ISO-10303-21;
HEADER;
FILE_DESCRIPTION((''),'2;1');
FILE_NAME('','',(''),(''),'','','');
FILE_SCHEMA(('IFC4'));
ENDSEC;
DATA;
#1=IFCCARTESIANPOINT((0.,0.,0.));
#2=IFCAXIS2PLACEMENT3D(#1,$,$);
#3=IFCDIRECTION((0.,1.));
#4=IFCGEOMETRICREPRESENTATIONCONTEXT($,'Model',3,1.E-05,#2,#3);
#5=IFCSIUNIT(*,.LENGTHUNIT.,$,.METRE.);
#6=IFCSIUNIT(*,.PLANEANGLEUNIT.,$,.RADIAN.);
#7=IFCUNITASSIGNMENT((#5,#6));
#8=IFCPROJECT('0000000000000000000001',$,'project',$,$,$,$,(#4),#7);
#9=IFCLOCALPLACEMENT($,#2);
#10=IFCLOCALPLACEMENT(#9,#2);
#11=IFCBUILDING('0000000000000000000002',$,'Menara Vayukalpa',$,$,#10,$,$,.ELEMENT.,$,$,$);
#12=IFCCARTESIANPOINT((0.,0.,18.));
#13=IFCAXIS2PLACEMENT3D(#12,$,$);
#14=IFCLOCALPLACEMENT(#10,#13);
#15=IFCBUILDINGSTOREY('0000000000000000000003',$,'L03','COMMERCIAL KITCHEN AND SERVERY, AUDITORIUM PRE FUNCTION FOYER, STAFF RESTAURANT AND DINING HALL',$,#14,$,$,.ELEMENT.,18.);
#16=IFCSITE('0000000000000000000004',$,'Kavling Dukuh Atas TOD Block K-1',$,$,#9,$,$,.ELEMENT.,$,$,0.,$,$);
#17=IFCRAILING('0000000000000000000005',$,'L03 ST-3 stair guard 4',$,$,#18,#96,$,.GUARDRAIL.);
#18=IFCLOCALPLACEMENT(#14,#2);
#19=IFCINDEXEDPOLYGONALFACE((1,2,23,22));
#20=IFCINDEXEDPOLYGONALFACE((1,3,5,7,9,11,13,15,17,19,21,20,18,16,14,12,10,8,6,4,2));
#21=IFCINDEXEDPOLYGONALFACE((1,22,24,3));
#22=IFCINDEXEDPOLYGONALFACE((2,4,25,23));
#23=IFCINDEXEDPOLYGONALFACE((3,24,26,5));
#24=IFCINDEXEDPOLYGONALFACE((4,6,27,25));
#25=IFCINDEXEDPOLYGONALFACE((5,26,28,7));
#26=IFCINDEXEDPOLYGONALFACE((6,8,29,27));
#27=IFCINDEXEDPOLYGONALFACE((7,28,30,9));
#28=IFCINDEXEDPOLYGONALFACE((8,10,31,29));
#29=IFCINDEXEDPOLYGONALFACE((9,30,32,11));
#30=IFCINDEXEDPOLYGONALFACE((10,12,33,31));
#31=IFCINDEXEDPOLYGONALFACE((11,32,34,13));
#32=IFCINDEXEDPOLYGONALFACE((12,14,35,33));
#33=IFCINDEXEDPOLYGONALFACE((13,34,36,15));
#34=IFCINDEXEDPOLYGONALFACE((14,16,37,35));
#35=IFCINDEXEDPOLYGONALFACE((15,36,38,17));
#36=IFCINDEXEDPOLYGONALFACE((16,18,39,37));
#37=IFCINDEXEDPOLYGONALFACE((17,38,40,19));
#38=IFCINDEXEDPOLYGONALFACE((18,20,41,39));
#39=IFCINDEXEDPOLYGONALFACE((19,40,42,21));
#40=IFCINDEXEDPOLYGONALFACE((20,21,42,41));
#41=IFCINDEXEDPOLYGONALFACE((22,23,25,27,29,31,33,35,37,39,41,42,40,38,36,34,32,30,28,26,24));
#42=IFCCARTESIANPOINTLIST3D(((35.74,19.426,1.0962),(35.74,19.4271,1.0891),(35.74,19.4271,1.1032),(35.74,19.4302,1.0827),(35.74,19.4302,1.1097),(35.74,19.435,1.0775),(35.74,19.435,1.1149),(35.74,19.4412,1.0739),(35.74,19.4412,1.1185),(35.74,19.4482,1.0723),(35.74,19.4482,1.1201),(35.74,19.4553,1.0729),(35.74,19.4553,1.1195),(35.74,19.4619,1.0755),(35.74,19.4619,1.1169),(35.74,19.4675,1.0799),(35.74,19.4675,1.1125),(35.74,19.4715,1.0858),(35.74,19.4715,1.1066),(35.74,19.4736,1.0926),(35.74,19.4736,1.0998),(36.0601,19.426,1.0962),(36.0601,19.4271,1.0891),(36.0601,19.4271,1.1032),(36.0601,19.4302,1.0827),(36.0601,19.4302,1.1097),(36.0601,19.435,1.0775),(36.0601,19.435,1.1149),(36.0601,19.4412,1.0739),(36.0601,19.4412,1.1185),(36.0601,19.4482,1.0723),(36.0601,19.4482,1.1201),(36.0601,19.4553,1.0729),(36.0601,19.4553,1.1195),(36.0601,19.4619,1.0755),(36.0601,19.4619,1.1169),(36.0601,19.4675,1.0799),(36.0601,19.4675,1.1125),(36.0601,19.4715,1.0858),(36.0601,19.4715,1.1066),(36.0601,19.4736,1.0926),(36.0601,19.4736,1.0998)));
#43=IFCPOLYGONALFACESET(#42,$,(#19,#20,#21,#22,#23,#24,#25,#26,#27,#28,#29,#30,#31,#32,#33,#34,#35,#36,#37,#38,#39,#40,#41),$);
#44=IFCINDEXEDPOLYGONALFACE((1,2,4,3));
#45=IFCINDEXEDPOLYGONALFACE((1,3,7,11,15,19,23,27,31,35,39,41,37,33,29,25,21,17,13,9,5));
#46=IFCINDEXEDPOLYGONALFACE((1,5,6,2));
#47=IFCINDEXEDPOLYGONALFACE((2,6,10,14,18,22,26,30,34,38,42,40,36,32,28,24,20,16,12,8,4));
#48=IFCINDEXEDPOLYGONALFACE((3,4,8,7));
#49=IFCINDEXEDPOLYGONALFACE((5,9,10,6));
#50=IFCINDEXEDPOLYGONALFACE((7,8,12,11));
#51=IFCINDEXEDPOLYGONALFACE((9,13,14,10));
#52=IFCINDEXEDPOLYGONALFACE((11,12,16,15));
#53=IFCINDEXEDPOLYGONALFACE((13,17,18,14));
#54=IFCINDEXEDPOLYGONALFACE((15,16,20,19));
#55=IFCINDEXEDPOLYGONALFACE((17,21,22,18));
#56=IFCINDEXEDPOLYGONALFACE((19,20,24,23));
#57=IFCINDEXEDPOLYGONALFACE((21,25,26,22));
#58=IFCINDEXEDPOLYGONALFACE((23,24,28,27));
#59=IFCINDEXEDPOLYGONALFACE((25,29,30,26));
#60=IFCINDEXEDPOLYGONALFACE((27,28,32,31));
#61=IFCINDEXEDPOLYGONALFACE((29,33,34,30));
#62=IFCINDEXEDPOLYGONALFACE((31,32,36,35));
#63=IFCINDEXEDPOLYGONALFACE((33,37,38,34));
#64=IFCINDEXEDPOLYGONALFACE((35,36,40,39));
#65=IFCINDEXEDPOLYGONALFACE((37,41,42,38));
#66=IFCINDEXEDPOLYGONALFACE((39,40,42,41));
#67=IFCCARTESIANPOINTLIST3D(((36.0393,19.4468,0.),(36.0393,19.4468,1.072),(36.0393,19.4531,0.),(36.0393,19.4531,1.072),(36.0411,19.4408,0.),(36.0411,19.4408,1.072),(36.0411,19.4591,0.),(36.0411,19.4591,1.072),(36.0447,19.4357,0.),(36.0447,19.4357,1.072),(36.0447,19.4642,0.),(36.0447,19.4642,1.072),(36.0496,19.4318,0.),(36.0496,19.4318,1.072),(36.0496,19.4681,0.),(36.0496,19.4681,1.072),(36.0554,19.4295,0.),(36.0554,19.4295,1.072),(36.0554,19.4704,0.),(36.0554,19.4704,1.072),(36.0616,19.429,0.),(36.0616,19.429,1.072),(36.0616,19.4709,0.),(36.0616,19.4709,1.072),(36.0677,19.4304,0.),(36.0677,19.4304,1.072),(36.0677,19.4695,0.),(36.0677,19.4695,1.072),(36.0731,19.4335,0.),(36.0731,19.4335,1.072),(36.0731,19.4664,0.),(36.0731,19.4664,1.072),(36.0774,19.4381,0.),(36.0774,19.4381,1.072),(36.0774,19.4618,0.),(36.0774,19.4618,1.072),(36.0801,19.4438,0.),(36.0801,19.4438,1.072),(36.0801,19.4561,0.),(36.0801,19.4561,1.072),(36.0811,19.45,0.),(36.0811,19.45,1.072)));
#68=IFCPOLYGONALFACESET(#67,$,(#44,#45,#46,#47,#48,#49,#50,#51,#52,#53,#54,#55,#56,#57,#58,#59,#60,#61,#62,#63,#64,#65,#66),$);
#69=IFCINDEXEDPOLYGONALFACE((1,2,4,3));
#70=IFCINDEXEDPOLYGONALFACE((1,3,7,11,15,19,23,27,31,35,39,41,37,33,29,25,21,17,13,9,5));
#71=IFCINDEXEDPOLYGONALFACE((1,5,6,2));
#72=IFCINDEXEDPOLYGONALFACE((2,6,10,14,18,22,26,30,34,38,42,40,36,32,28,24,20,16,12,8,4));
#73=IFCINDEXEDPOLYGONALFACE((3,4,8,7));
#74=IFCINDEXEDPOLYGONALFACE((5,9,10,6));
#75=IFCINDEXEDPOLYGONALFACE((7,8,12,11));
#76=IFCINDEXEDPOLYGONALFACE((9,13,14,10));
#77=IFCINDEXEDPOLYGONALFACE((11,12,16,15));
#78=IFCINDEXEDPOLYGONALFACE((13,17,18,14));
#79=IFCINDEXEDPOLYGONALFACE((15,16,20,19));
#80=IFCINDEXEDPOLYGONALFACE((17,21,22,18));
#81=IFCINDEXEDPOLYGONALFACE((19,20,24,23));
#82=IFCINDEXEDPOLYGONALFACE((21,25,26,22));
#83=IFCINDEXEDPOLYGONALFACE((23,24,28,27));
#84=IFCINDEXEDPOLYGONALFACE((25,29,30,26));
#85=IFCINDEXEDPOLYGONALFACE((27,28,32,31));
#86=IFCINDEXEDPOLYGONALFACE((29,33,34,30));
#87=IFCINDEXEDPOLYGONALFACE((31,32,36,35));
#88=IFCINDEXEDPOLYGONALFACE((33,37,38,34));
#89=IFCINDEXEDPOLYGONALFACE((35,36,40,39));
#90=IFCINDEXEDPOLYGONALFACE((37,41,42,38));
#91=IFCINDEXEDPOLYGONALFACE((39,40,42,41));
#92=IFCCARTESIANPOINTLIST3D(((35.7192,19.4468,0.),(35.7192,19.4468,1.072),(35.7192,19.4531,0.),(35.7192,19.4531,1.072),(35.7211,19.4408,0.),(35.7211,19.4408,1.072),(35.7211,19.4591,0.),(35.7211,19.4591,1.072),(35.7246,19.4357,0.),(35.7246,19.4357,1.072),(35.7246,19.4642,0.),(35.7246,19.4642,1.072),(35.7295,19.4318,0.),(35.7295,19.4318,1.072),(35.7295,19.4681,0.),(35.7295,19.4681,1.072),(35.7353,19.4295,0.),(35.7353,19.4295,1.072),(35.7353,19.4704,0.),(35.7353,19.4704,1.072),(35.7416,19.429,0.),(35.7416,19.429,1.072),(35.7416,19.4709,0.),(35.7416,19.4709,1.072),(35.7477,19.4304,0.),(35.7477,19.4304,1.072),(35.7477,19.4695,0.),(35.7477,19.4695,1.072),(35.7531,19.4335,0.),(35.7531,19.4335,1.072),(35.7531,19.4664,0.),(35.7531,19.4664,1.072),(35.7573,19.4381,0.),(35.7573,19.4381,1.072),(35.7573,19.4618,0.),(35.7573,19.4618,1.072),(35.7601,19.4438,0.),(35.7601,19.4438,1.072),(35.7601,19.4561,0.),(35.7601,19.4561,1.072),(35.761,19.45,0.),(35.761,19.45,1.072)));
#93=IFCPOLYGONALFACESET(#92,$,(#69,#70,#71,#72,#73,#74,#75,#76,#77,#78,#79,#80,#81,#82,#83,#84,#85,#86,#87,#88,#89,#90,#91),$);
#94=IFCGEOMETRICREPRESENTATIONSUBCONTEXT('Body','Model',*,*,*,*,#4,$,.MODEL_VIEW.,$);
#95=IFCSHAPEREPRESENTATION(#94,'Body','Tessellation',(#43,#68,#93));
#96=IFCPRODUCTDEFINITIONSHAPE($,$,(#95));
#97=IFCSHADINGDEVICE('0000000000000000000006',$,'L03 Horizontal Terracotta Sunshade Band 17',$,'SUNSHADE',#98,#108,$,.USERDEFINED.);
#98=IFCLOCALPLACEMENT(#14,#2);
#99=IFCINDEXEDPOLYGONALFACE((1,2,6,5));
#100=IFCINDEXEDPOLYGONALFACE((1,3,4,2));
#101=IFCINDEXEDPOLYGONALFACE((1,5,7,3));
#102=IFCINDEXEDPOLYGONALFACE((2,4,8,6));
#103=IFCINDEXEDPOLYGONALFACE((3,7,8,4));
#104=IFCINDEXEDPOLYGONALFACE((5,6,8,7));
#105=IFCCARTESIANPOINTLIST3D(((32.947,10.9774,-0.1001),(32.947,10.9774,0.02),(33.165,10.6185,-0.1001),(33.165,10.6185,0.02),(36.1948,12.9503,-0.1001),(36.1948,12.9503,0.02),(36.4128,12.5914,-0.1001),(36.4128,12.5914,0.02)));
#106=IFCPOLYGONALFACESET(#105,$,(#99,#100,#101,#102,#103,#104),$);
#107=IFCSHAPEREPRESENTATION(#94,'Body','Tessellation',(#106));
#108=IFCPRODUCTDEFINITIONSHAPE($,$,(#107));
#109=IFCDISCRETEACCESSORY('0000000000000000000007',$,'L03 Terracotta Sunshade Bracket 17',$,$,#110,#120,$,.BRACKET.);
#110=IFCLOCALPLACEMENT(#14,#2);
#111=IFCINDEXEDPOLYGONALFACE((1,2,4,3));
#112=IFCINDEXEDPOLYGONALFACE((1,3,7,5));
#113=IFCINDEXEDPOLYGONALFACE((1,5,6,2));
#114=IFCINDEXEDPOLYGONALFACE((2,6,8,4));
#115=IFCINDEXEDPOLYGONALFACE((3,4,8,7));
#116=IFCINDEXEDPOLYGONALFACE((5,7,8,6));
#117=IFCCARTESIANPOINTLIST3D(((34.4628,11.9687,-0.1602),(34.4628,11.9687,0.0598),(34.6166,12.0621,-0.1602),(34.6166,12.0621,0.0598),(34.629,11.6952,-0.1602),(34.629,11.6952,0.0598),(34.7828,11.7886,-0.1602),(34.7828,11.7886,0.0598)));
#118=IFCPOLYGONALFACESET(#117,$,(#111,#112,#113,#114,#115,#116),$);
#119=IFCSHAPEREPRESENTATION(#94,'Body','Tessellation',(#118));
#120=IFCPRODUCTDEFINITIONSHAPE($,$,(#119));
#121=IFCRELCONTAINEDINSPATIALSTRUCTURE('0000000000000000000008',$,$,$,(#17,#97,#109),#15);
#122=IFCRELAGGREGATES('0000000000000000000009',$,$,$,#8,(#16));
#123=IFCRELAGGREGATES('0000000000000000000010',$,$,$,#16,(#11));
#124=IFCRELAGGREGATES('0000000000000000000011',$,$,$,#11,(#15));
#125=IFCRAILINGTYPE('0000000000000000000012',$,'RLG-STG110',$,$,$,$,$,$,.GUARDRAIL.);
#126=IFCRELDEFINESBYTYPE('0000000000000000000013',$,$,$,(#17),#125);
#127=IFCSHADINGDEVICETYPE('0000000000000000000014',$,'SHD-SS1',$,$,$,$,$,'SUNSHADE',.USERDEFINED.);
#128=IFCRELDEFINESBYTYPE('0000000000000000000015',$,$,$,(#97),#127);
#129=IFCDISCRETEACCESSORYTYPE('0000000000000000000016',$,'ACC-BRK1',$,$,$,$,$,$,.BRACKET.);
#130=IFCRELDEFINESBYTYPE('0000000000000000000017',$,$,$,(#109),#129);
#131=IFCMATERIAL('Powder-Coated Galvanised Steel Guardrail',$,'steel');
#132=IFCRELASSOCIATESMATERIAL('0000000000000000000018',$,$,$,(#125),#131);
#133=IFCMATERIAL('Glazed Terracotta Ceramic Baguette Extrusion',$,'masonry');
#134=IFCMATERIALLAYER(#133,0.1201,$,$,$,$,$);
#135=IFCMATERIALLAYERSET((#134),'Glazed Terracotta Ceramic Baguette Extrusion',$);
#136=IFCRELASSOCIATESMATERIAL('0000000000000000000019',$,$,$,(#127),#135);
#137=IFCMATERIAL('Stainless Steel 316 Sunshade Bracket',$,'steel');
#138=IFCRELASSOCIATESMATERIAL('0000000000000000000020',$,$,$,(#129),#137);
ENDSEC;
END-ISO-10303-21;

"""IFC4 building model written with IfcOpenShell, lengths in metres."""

from ifc_helpers import new_model, si_unit, direction, frame, origin, origin_2d, place, context, subcontext, project, spatial, rectangle, circle, extrude, material, layer, layer_set, type_object, element, save


model = new_model("IFC4")

# Units and contexts
model_context = context("Model", 3, precision=1e-05, world=origin(), true_north=direction((0.0, 1.0)))
body_context = subcontext(model_context, "Body", "Model", "MODEL_VIEW")
ifc_project = project(units=[si_unit("LENGTHUNIT", "METRE"), si_unit("PLANEANGLEUNIT", "RADIAN")], contexts=[model_context])

# Site, building, storey
site_placement = place(None, origin())
site = spatial("IfcSite", under=ifc_project, at=site_placement, Name="Kavling Dukuh Atas TOD Block K-1", CompositionType="ELEMENT", RefElevation=0.0)
building_placement = place(site_placement, origin())
building = spatial("IfcBuilding", under=site, at=building_placement, Name="Menara Vayukalpa", CompositionType="ELEMENT")
storey_placement = place(building_placement, frame((0.0, 0.0, 18.0)))
storey = spatial("IfcBuildingStorey", under=building, at=storey_placement, Name="L03", Description="COMMERCIAL KITCHEN AND SERVERY, AUDITORIUM PRE FUNCTION FOYER, STAFF RESTAURANT AND DINING HALL", CompositionType="ELEMENT", Elevation=18.0)

# Railing
ifc_material_1 = material(Name="Powder-Coated Galvanised Steel Guardrail", Category="steel")
railing_type_1 = type_object("IfcRailingType", Name="RLG-STG110", PredefinedType="GUARDRAIL", material=ifc_material_1)
railing_1_placement = place(storey_placement, frame((36.0601, 19.45, 0.0)))
element("IfcRailing", 1, at=railing_1_placement, inside=storey, type_object=railing_type_1, Name="L03 ST-3 stair guard 4", PredefinedType="GUARDRAIL", context=body_context, shape_type="SweptSolid", body=[
    extrude(circle(Radius=0.0239, at=origin_2d()), frame((0.0, 0.0, 1.0962), z_axis=(-1.0, 0.0, 0.0), x_axis=(0.0, -1.0, 0.0)), (0.0, 0.0, 1.0), 0.3201),
    extrude(circle(Radius=0.021, at=origin_2d()), origin(), (0.0, 0.0, 1.0), 1.072),
    extrude(circle(Radius=0.021, at=origin_2d()), frame((-0.3201, 0.0, 0.0)), (0.0, 0.0, 1.0), 1.072),
])

# Shading device
ifc_material_2 = material(Name="Glazed Terracotta Ceramic Baguette Extrusion", Category="masonry")
ifc_layer_1 = layer(ifc_material_2, 0.1201)
ifc_layer_set_1 = layer_set([ifc_layer_1], Name="Glazed Terracotta Ceramic Baguette Extrusion")
shading_device_type = type_object("IfcShadingDeviceType", Name="SHD-SS1", ElementType="SUNSHADE", PredefinedType="USERDEFINED", material=ifc_layer_set_1)
shading_device_placement = place(storey_placement, frame((34.6799, 11.7844, -0.1001), z_axis=(0.0, 0.0, 1.0), x_axis=(0.854667, 0.519176, 0.0)))
element("IfcShadingDevice", 2, at=shading_device_placement, inside=storey, type_object=shading_device_type, Name="L03 Horizontal Terracotta Sunshade Band 17", ObjectType="SUNSHADE", PredefinedType="USERDEFINED", context=body_context, shape_type="SweptSolid", body=[
    extrude(rectangle(XDim=3.8, YDim=0.4199, at=origin_2d()), origin(), (0.0, 0.0, 1.0), 0.1201),
])

# Discrete accessory
ifc_material_3 = material(Name="Stainless Steel 316 Sunshade Bracket", Category="steel")
discrete_accessory_type = type_object("IfcDiscreteAccessoryType", Name="ACC-BRK1", PredefinedType="BRACKET", material=ifc_material_3)
discrete_accessory_placement = place(storey_placement, frame((34.6228, 11.8787, -0.1602), z_axis=(0.0, 0.0, 1.0), x_axis=(0.854667, 0.519176, 0.0)))
element("IfcDiscreteAccessory", 3, at=discrete_accessory_placement, inside=storey, type_object=discrete_accessory_type, Name="L03 Terracotta Sunshade Bracket 17", PredefinedType="BRACKET", context=body_context, shape_type="SweptSolid", body=[
    extrude(rectangle(XDim=0.1799, YDim=0.3201, at=origin_2d()), origin(), (0.0, 0.0, 1.0), 0.22),
])

save(model, "model.ifc")
